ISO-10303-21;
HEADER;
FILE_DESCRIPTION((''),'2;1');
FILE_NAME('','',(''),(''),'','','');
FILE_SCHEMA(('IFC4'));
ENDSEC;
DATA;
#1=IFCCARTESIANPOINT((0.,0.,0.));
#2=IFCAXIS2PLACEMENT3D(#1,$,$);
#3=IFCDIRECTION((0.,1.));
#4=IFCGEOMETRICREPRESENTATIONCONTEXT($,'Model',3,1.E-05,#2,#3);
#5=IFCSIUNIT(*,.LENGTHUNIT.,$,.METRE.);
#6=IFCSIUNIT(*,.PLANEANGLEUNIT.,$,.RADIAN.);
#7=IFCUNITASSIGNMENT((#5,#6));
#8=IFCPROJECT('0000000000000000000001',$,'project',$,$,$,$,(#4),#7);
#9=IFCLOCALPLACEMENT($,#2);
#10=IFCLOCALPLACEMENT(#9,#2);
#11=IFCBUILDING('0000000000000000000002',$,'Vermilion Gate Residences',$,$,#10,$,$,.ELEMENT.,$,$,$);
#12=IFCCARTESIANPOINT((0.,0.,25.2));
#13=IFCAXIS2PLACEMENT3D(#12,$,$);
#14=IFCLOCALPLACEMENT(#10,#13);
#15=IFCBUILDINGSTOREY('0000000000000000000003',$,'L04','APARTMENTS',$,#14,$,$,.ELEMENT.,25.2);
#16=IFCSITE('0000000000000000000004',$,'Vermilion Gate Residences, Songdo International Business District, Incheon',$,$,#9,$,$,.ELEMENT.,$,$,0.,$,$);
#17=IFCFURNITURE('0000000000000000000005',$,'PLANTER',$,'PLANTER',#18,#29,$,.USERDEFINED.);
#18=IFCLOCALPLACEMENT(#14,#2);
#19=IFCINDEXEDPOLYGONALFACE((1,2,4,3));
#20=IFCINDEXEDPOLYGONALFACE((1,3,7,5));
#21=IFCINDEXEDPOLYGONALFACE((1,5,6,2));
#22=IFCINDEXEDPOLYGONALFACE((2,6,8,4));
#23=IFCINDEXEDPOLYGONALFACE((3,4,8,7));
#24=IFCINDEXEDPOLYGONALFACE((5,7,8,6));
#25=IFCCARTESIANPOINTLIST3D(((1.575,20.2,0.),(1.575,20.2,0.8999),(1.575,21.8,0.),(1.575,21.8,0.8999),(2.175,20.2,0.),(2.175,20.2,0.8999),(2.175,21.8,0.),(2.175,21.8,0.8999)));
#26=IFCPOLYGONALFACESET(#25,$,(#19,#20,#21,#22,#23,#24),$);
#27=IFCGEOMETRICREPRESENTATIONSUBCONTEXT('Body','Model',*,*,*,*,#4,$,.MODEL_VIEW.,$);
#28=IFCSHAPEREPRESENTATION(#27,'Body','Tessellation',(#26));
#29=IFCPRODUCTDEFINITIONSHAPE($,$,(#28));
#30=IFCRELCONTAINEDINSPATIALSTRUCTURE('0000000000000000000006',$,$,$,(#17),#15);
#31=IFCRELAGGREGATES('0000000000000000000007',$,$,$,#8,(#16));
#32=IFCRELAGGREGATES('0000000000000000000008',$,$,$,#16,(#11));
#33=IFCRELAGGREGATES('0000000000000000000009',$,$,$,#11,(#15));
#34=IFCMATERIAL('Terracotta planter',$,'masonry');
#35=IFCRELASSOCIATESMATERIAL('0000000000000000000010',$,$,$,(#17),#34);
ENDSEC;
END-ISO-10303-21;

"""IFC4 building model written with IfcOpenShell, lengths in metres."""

from ifc_helpers import new_model, si_unit, direction, frame, origin, origin_2d, place, context, subcontext, project, spatial, rectangle, extrude, material, element, save


model = new_model("IFC4")

# Units and contexts
model_context = context("Model", 3, precision=1e-05, world=origin(), true_north=direction((0.0, 1.0)))
body_context = subcontext(model_context, "Body", "Model", "MODEL_VIEW")
ifc_project = project(units=[si_unit("LENGTHUNIT", "METRE"), si_unit("PLANEANGLEUNIT", "RADIAN")], contexts=[model_context])

# Site, building, storey
site_placement = place(None, origin())
site = spatial("IfcSite", under=ifc_project, at=site_placement, Name="Vermilion Gate Residences, Songdo International Business District, Incheon", CompositionType="ELEMENT", RefElevation=0.0)
building_placement = place(site_placement, origin())
building = spatial("IfcBuilding", under=site, at=building_placement, Name="Vermilion Gate Residences", CompositionType="ELEMENT")
storey_placement = place(building_placement, frame((0.0, 0.0, 25.2)))
storey = spatial("IfcBuildingStorey", under=building, at=storey_placement, Name="L04", Description="APARTMENTS", CompositionType="ELEMENT", Elevation=25.2)

# Furniture
ifc_material_1 = material(Name="Terracotta planter", Category="masonry")
furniture_placement = place(storey_placement, frame((1.875, 21.0, 0.0), z_axis=(0.0, 0.0, 1.0), x_axis=(0.0, -1.0, 0.0)))
element("IfcFurniture", 1, at=furniture_placement, inside=storey, material=ifc_material_1, Name="PLANTER", ObjectType="PLANTER", PredefinedType="USERDEFINED", context=body_context, shape_type="SweptSolid", body=[
    extrude(rectangle(XDim=1.6001, YDim=0.6001, at=origin_2d()), origin(), (0.0, 0.0, 1.0), 0.8999),
])

save(model, "model.ifc")
